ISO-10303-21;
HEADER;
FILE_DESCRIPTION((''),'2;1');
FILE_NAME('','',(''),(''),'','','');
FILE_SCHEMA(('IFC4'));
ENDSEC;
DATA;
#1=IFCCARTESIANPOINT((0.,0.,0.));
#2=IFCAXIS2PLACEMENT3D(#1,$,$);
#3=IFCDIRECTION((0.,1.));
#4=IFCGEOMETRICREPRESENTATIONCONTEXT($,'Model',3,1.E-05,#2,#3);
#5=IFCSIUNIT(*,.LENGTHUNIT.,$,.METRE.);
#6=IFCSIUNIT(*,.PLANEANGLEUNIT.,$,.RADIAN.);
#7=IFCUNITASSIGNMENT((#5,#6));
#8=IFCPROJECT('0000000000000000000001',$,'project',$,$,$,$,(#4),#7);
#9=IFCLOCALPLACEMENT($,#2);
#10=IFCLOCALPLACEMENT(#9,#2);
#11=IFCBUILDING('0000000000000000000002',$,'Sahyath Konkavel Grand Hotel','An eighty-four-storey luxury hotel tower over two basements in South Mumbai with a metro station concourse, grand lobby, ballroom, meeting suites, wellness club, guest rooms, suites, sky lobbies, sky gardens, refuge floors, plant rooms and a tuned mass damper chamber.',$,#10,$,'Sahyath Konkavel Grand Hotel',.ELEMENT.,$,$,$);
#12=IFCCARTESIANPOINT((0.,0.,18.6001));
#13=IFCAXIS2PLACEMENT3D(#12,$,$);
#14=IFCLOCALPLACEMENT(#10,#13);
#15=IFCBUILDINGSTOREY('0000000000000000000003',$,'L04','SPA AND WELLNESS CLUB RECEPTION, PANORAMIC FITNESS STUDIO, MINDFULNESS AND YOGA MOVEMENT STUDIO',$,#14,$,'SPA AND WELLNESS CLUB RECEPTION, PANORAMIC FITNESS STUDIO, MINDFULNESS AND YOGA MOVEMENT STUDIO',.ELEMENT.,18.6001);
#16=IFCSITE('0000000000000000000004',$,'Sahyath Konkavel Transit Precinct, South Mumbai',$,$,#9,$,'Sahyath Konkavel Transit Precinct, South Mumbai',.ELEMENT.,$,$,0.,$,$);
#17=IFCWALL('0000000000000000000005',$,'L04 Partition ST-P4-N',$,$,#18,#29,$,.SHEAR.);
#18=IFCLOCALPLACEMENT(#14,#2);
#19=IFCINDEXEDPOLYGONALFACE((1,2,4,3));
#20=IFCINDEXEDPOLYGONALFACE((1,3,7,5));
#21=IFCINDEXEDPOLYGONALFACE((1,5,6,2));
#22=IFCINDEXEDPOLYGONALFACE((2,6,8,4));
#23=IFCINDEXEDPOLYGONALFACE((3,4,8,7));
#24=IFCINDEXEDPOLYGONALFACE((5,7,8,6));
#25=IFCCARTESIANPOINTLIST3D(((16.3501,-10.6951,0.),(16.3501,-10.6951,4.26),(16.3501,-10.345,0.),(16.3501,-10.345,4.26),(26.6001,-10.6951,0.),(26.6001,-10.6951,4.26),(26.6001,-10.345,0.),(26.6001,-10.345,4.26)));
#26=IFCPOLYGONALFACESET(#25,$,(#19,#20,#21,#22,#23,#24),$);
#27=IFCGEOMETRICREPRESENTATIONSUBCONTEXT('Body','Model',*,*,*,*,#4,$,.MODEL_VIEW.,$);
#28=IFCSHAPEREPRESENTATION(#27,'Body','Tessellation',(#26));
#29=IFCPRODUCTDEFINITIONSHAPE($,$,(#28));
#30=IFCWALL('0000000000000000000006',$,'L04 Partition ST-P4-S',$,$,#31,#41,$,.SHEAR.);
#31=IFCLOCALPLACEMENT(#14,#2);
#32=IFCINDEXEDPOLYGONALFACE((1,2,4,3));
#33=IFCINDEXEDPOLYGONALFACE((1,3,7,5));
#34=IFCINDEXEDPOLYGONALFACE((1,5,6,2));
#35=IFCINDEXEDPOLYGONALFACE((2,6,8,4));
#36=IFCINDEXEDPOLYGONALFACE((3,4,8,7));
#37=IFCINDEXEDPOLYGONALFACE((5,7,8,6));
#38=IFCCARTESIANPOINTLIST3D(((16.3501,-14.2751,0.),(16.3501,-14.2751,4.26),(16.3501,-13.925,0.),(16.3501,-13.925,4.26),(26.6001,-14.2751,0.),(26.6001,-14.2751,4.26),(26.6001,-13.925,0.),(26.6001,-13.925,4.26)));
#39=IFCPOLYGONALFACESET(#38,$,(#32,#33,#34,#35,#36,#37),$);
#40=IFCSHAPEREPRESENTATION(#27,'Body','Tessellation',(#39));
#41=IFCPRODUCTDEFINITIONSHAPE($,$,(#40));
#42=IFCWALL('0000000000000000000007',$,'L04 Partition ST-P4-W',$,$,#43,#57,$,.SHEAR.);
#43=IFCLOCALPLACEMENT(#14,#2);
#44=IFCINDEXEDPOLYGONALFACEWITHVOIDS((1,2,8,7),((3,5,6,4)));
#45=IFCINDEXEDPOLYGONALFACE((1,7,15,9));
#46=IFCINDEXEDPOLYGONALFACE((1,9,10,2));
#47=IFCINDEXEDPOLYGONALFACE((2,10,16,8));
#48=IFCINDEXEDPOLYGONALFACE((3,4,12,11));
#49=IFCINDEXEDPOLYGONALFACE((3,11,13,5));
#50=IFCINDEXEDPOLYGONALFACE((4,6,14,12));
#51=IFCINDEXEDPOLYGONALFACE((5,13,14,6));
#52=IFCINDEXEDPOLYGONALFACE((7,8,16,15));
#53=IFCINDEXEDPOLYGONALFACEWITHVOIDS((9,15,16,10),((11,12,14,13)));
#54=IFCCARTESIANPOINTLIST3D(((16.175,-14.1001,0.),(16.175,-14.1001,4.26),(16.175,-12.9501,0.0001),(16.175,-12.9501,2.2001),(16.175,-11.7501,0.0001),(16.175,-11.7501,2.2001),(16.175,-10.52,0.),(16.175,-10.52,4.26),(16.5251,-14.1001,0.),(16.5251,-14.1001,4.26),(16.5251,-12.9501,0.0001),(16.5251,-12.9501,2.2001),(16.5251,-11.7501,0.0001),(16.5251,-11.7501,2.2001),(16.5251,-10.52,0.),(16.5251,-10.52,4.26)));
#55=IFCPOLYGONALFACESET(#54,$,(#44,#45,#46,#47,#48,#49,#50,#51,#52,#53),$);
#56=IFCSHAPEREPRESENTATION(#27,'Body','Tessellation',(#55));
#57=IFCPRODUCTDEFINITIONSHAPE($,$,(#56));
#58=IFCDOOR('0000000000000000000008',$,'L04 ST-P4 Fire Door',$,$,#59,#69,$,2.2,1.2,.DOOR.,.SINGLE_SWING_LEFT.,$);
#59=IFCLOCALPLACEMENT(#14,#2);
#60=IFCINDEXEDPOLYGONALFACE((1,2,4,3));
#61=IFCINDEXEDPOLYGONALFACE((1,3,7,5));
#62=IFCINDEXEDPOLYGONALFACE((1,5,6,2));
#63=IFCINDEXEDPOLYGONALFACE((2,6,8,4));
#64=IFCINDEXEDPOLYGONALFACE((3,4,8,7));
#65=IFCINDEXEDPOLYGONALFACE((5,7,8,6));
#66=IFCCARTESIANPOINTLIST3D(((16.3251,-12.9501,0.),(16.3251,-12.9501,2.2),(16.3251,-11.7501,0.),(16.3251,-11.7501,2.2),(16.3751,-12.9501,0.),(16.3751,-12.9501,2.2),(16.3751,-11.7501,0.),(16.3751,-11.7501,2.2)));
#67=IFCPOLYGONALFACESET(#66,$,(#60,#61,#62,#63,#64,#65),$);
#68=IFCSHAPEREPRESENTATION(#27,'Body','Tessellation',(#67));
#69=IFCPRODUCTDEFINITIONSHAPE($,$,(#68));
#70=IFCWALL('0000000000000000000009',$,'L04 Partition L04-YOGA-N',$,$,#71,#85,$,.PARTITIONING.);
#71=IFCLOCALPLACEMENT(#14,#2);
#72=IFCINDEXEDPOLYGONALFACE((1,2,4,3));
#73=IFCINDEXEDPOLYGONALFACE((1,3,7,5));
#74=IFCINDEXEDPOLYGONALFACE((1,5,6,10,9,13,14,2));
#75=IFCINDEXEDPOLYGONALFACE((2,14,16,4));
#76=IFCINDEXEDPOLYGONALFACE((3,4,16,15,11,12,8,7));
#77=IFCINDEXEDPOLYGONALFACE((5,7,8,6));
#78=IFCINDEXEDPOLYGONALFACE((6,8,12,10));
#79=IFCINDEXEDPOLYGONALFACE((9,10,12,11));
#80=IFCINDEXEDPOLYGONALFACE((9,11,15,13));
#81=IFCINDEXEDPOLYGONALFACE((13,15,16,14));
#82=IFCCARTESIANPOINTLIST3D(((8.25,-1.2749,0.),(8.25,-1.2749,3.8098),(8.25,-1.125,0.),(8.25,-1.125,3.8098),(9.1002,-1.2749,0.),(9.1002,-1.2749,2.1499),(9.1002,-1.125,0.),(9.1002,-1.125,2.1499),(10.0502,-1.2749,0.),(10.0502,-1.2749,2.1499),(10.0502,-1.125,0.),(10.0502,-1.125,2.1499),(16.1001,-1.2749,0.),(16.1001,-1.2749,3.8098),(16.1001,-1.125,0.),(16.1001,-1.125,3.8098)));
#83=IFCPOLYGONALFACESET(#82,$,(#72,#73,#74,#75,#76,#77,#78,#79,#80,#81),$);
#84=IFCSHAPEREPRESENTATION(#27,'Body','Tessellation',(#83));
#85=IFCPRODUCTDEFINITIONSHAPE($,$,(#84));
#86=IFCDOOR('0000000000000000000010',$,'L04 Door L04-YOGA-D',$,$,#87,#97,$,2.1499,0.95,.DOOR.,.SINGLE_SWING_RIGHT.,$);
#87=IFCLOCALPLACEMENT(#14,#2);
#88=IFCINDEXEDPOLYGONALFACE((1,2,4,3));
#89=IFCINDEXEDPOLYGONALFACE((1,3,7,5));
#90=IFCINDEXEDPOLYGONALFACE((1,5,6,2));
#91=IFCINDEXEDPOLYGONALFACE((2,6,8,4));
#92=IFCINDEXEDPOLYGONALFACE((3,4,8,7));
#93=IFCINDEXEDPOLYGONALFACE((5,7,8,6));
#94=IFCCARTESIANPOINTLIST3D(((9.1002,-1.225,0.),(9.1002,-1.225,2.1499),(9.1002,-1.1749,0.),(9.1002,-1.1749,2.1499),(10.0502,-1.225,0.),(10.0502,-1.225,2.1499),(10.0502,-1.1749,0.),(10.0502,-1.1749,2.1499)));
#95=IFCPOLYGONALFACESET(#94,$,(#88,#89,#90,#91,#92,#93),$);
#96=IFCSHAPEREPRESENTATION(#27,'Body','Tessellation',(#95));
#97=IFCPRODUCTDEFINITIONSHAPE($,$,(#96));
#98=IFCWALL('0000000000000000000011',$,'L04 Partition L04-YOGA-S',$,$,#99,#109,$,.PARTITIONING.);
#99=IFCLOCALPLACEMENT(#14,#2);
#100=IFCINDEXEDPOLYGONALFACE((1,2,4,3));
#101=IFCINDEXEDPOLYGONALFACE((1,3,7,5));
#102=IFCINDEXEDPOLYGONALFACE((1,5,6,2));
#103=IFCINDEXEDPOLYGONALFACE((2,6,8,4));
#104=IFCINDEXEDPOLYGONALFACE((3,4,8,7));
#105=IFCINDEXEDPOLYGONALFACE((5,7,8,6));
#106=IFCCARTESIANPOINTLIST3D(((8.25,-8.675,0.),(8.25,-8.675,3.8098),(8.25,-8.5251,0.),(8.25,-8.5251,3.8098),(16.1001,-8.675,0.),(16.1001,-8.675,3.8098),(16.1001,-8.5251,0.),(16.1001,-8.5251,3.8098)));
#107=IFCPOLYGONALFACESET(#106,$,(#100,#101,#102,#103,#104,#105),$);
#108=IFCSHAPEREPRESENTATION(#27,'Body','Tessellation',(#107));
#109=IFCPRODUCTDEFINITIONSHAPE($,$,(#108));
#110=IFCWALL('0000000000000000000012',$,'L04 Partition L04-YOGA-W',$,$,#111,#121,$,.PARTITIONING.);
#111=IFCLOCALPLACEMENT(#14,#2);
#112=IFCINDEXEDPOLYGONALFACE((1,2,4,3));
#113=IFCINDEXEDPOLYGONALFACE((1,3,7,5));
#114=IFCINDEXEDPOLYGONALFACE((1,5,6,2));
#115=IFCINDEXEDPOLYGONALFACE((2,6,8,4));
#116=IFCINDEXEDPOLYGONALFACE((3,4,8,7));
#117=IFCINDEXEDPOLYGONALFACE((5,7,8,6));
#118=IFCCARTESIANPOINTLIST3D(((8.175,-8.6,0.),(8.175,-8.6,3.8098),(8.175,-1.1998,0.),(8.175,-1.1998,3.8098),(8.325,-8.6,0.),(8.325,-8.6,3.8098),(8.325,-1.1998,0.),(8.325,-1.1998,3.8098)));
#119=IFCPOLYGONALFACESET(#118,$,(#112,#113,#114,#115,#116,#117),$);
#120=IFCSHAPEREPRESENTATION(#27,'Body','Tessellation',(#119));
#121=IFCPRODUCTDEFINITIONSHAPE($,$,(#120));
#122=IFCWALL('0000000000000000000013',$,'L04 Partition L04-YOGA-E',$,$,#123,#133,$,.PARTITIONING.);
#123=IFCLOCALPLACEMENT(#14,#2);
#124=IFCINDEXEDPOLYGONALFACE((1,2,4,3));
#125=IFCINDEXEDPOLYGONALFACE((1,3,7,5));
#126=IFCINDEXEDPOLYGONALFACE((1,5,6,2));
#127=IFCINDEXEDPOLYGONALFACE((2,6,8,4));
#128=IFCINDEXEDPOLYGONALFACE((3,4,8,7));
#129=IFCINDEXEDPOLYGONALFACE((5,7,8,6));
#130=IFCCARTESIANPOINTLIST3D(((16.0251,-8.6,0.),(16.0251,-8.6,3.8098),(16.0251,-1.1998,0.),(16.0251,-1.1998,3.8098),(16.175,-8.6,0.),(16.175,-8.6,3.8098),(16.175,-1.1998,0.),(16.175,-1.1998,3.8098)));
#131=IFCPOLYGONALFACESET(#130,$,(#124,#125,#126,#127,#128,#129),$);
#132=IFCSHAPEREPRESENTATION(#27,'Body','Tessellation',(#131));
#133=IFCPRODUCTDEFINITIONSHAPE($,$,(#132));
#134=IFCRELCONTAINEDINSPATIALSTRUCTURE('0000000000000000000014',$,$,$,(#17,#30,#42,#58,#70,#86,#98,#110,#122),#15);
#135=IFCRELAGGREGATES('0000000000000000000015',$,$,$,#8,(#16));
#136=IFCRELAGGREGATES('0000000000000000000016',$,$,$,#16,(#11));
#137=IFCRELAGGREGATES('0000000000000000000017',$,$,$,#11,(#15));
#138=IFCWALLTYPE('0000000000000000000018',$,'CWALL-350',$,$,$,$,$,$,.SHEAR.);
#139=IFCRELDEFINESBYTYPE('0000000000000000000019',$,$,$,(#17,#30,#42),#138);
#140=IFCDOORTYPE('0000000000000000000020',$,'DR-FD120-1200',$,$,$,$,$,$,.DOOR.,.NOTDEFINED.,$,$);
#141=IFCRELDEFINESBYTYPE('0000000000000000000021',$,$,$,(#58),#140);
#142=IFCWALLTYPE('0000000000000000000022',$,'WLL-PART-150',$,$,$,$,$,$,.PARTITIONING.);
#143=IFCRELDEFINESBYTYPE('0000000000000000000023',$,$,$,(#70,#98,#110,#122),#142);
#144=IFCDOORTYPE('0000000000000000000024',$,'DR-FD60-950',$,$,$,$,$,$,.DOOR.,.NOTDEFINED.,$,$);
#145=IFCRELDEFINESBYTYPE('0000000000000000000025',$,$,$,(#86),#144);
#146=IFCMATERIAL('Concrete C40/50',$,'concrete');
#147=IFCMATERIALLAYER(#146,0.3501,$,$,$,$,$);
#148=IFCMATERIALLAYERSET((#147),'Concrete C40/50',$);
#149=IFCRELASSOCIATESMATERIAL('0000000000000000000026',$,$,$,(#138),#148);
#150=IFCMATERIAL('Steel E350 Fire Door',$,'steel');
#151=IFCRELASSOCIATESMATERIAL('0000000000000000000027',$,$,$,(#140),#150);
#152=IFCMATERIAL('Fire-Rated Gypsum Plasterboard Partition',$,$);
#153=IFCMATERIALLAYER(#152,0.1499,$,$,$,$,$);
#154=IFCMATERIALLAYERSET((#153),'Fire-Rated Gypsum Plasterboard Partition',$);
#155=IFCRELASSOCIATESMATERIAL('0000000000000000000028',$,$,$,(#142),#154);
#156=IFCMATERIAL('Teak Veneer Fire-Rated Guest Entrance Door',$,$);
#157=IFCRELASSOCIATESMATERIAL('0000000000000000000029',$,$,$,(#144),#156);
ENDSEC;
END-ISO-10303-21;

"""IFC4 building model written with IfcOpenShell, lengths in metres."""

from ifc_helpers import new_model, si_unit, direction, frame, frame_2d, origin, origin_2d, place, context, subcontext, project, spatial, rectangle, extrude, source, transform, mapped, material, layer, layer_set, type_object, element, fill, save


model = new_model("IFC4")

# Units and contexts
model_context = context("Model", 3, precision=1e-05, world=origin(), true_north=direction((0.0, 1.0)))
body_context = subcontext(model_context, "Body", "Model", "MODEL_VIEW")
ifc_project = project(units=[si_unit("LENGTHUNIT", "METRE"), si_unit("PLANEANGLEUNIT", "RADIAN")], contexts=[model_context])

# Site, building, storey
site_placement = place(None, origin())
site = spatial("IfcSite", under=ifc_project, at=site_placement, Name="Sahyath Konkavel Transit Precinct, South Mumbai", LongName="Sahyath Konkavel Transit Precinct, South Mumbai", CompositionType="ELEMENT", RefElevation=0.0)
building_placement = place(site_placement, origin())
building = spatial("IfcBuilding", under=site, at=building_placement, Name="Sahyath Konkavel Grand Hotel", Description="An eighty-four-storey luxury hotel tower over two basements in South Mumbai with a metro station concourse, grand lobby, ballroom, meeting suites, wellness club, guest rooms, suites, sky lobbies, sky gardens, refuge floors, plant rooms and a tuned mass damper chamber.", LongName="Sahyath Konkavel Grand Hotel", CompositionType="ELEMENT")
storey_placement = place(building_placement, frame((0.0, 0.0, 18.6001)))
storey = spatial("IfcBuildingStorey", under=building, at=storey_placement, Name="L04", Description="SPA AND WELLNESS CLUB RECEPTION, PANORAMIC FITNESS STUDIO, MINDFULNESS AND YOGA MOVEMENT STUDIO", LongName="SPA AND WELLNESS CLUB RECEPTION, PANORAMIC FITNESS STUDIO, MINDFULNESS AND YOGA MOVEMENT STUDIO", CompositionType="ELEMENT", Elevation=18.6001)

# Walls
ifc_material_1 = material(Name="Concrete C40/50", Category="concrete")
ifc_layer_1 = layer(ifc_material_1, 0.3501)
ifc_layer_set_1 = layer_set([ifc_layer_1], Name="Concrete C40/50")
wall_type_1 = type_object("IfcWallType", Name="CWALL-350", PredefinedType="SHEAR", material=ifc_layer_set_1)
for number, where, z_axis, x_axis, name in (
    (1, (16.3501, -10.52, 0.0), (0.0, 0.0, 1.0), (1.0, 0.0, 0.0), "L04 Partition ST-P4-N"),
    (2, (16.3501, -14.1001, 0.0), (0.0, 0.0, 1.0), (1.0, 0.0, 0.0), "L04 Partition ST-P4-S"),
):
    element("IfcWall", number, at=place(storey_placement, frame(where, z_axis=z_axis, x_axis=x_axis)), inside=storey, type_object=wall_type_1, Name=name, PredefinedType="SHEAR", context=body_context, shape_type="SweptSolid", body=[
        extrude(rectangle(XDim=10.25, YDim=0.3501, at=frame_2d((5.125, 0.0))), origin(), (0.0, 0.0, 1.0), 4.26),
    ])

# Walls, openings, doors
wall_1_placement = place(storey_placement, frame((16.3501, -14.1001, 0.0), z_axis=(0.0, 0.0, 1.0), x_axis=(0.0, 1.0, 0.0)))
wall_1 = element("IfcWall", 3, at=wall_1_placement, inside=storey, type_object=wall_type_1, Name="L04 Partition ST-P4-W", PredefinedType="SHEAR", context=body_context, shape_type="SweptSolid", body=[
    extrude(rectangle(XDim=3.5801, YDim=0.3501, at=frame_2d((1.79, 0.0))), origin(), (0.0, 0.0, 1.0), 4.26),
])
opening_1_placement = place(wall_1_placement, frame((1.1499, 0.0, 0.0)))
opening_1 = element("IfcOpeningElement", 4, at=opening_1_placement, cuts=wall_1, PredefinedType="OPENING", context=body_context, shape_type="SweptSolid", body=[
    extrude(rectangle(XDim=1.2, YDim=2.2, at=frame_2d((0.6001, 1.1001))), frame((0.0, 0.1851, 0.0), z_axis=(0.0, -1.0, 0.0), x_axis=(1.0, 0.0, 0.0)), (0.0, 0.0, 1.0), 0.3701),
])
ifc_material_2 = material(Name="Steel E350 Fire Door", Category="steel")
door_type_1 = type_object("IfcDoorType", Name="DR-FD120-1200", OperationType="NOTDEFINED", PredefinedType="DOOR", material=ifc_material_2)
shared_shape_1 = source(origin(), body_context, "Body", "SweptSolid", [
    extrude(rectangle(XDim=1.2, YDim=0.05, at=origin_2d()), origin(), (0.0, 0.0, 1.0), 2.2),
])
door_1_placement = place(opening_1_placement, frame((0.6001, 0.0, 0.0)))
door_1 = element("IfcDoor", 5, at=door_1_placement, inside=storey, type_object=door_type_1, Name="L04 ST-P4 Fire Door", OperationType="SINGLE_SWING_LEFT", OverallHeight=2.2, OverallWidth=1.2, PredefinedType="DOOR", context=body_context, shape_type="MappedRepresentation", body=[
    mapped(shared_shape_1, transform((0.0, 0.0, 0.0), scale=1.0)),
])
fill(opening_1, door_1)
ifc_material_3 = material(Name="Fire-Rated Gypsum Plasterboard Partition")
ifc_layer_2 = layer(ifc_material_3, 0.1499)
ifc_layer_set_2 = layer_set([ifc_layer_2], Name="Fire-Rated Gypsum Plasterboard Partition")
wall_type_2 = type_object("IfcWallType", Name="WLL-PART-150", PredefinedType="PARTITIONING", material=ifc_layer_set_2)
wall_2_placement = place(storey_placement, frame((8.25, -1.2, 0.0), z_axis=(0.0, 0.0, 1.0), x_axis=(1.0, 0.0, 0.0)))
wall_2 = element("IfcWall", 6, at=wall_2_placement, inside=storey, type_object=wall_type_2, Name="L04 Partition L04-YOGA-N", PredefinedType="PARTITIONING", context=body_context, shape_type="SweptSolid", body=[
    extrude(rectangle(XDim=7.8501, YDim=0.1499, at=frame_2d((3.925, 0.0))), origin(), (0.0, 0.0, 1.0), 3.8098),
])
opening_2_placement = place(wall_2_placement, frame((0.8501, 0.0, 0.0)))
opening_2 = element("IfcOpeningElement", 7, at=opening_2_placement, cuts=wall_2, PredefinedType="OPENING", context=body_context, shape_type="SweptSolid", body=[
    extrude(rectangle(XDim=0.95, YDim=2.1499, at=frame_2d((0.4751, 1.075))), frame((0.0, 0.085, 0.0), z_axis=(0.0, -1.0, 0.0), x_axis=(1.0, 0.0, 0.0)), (0.0, 0.0, 1.0), 0.1699),
])
ifc_material_4 = material(Name="Teak Veneer Fire-Rated Guest Entrance Door")
door_type_2 = type_object("IfcDoorType", Name="DR-FD60-950", OperationType="NOTDEFINED", PredefinedType="DOOR", material=ifc_material_4)
shared_shape_2 = source(origin(), body_context, "Body", "SweptSolid", [
    extrude(rectangle(XDim=0.95, YDim=0.05, at=origin_2d()), origin(), (0.0, 0.0, 1.0), 2.1499),
])
door_2_placement = place(opening_2_placement, frame((0.4751, 0.0, 0.0)))
door_2 = element("IfcDoor", 8, at=door_2_placement, inside=storey, type_object=door_type_2, Name="L04 Door L04-YOGA-D", OperationType="SINGLE_SWING_RIGHT", OverallHeight=2.1499, OverallWidth=0.95, PredefinedType="DOOR", context=body_context, shape_type="MappedRepresentation", body=[
    mapped(shared_shape_2, transform((0.0, 0.0, 0.0), scale=1.0)),
])
fill(opening_2, door_2)

# Walls
wall_3_placement = place(storey_placement, frame((8.25, -8.6001, 0.0), z_axis=(0.0, 0.0, 1.0), x_axis=(1.0, 0.0, 0.0)))
element("IfcWall", 9, at=wall_3_placement, inside=storey, type_object=wall_type_2, Name="L04 Partition L04-YOGA-S", PredefinedType="PARTITIONING", context=body_context, shape_type="SweptSolid", body=[
    extrude(rectangle(XDim=7.8501, YDim=0.1499, at=frame_2d((3.925, 0.0))), origin(), (0.0, 0.0, 1.0), 3.8098),
])
for number, where, z_axis, x_axis, name in (
    (10, (8.25, -8.6001, 0.0), (0.0, 0.0, 1.0), (0.0, 1.0, 0.0), "L04 Partition L04-YOGA-W"),
    (11, (16.1001, -8.6001, 0.0), (0.0, 0.0, 1.0), (0.0, 1.0, 0.0), "L04 Partition L04-YOGA-E"),
):
    element("IfcWall", number, at=place(storey_placement, frame(where, z_axis=z_axis, x_axis=x_axis)), inside=storey, type_object=wall_type_2, Name=name, PredefinedType="PARTITIONING", context=body_context, shape_type="SweptSolid", body=[
        extrude(rectangle(XDim=7.4001, YDim=0.1499, at=frame_2d((3.7002, 0.0))), origin(), (0.0, 0.0, 1.0), 3.8098),
    ])

save(model, "model.ifc")
